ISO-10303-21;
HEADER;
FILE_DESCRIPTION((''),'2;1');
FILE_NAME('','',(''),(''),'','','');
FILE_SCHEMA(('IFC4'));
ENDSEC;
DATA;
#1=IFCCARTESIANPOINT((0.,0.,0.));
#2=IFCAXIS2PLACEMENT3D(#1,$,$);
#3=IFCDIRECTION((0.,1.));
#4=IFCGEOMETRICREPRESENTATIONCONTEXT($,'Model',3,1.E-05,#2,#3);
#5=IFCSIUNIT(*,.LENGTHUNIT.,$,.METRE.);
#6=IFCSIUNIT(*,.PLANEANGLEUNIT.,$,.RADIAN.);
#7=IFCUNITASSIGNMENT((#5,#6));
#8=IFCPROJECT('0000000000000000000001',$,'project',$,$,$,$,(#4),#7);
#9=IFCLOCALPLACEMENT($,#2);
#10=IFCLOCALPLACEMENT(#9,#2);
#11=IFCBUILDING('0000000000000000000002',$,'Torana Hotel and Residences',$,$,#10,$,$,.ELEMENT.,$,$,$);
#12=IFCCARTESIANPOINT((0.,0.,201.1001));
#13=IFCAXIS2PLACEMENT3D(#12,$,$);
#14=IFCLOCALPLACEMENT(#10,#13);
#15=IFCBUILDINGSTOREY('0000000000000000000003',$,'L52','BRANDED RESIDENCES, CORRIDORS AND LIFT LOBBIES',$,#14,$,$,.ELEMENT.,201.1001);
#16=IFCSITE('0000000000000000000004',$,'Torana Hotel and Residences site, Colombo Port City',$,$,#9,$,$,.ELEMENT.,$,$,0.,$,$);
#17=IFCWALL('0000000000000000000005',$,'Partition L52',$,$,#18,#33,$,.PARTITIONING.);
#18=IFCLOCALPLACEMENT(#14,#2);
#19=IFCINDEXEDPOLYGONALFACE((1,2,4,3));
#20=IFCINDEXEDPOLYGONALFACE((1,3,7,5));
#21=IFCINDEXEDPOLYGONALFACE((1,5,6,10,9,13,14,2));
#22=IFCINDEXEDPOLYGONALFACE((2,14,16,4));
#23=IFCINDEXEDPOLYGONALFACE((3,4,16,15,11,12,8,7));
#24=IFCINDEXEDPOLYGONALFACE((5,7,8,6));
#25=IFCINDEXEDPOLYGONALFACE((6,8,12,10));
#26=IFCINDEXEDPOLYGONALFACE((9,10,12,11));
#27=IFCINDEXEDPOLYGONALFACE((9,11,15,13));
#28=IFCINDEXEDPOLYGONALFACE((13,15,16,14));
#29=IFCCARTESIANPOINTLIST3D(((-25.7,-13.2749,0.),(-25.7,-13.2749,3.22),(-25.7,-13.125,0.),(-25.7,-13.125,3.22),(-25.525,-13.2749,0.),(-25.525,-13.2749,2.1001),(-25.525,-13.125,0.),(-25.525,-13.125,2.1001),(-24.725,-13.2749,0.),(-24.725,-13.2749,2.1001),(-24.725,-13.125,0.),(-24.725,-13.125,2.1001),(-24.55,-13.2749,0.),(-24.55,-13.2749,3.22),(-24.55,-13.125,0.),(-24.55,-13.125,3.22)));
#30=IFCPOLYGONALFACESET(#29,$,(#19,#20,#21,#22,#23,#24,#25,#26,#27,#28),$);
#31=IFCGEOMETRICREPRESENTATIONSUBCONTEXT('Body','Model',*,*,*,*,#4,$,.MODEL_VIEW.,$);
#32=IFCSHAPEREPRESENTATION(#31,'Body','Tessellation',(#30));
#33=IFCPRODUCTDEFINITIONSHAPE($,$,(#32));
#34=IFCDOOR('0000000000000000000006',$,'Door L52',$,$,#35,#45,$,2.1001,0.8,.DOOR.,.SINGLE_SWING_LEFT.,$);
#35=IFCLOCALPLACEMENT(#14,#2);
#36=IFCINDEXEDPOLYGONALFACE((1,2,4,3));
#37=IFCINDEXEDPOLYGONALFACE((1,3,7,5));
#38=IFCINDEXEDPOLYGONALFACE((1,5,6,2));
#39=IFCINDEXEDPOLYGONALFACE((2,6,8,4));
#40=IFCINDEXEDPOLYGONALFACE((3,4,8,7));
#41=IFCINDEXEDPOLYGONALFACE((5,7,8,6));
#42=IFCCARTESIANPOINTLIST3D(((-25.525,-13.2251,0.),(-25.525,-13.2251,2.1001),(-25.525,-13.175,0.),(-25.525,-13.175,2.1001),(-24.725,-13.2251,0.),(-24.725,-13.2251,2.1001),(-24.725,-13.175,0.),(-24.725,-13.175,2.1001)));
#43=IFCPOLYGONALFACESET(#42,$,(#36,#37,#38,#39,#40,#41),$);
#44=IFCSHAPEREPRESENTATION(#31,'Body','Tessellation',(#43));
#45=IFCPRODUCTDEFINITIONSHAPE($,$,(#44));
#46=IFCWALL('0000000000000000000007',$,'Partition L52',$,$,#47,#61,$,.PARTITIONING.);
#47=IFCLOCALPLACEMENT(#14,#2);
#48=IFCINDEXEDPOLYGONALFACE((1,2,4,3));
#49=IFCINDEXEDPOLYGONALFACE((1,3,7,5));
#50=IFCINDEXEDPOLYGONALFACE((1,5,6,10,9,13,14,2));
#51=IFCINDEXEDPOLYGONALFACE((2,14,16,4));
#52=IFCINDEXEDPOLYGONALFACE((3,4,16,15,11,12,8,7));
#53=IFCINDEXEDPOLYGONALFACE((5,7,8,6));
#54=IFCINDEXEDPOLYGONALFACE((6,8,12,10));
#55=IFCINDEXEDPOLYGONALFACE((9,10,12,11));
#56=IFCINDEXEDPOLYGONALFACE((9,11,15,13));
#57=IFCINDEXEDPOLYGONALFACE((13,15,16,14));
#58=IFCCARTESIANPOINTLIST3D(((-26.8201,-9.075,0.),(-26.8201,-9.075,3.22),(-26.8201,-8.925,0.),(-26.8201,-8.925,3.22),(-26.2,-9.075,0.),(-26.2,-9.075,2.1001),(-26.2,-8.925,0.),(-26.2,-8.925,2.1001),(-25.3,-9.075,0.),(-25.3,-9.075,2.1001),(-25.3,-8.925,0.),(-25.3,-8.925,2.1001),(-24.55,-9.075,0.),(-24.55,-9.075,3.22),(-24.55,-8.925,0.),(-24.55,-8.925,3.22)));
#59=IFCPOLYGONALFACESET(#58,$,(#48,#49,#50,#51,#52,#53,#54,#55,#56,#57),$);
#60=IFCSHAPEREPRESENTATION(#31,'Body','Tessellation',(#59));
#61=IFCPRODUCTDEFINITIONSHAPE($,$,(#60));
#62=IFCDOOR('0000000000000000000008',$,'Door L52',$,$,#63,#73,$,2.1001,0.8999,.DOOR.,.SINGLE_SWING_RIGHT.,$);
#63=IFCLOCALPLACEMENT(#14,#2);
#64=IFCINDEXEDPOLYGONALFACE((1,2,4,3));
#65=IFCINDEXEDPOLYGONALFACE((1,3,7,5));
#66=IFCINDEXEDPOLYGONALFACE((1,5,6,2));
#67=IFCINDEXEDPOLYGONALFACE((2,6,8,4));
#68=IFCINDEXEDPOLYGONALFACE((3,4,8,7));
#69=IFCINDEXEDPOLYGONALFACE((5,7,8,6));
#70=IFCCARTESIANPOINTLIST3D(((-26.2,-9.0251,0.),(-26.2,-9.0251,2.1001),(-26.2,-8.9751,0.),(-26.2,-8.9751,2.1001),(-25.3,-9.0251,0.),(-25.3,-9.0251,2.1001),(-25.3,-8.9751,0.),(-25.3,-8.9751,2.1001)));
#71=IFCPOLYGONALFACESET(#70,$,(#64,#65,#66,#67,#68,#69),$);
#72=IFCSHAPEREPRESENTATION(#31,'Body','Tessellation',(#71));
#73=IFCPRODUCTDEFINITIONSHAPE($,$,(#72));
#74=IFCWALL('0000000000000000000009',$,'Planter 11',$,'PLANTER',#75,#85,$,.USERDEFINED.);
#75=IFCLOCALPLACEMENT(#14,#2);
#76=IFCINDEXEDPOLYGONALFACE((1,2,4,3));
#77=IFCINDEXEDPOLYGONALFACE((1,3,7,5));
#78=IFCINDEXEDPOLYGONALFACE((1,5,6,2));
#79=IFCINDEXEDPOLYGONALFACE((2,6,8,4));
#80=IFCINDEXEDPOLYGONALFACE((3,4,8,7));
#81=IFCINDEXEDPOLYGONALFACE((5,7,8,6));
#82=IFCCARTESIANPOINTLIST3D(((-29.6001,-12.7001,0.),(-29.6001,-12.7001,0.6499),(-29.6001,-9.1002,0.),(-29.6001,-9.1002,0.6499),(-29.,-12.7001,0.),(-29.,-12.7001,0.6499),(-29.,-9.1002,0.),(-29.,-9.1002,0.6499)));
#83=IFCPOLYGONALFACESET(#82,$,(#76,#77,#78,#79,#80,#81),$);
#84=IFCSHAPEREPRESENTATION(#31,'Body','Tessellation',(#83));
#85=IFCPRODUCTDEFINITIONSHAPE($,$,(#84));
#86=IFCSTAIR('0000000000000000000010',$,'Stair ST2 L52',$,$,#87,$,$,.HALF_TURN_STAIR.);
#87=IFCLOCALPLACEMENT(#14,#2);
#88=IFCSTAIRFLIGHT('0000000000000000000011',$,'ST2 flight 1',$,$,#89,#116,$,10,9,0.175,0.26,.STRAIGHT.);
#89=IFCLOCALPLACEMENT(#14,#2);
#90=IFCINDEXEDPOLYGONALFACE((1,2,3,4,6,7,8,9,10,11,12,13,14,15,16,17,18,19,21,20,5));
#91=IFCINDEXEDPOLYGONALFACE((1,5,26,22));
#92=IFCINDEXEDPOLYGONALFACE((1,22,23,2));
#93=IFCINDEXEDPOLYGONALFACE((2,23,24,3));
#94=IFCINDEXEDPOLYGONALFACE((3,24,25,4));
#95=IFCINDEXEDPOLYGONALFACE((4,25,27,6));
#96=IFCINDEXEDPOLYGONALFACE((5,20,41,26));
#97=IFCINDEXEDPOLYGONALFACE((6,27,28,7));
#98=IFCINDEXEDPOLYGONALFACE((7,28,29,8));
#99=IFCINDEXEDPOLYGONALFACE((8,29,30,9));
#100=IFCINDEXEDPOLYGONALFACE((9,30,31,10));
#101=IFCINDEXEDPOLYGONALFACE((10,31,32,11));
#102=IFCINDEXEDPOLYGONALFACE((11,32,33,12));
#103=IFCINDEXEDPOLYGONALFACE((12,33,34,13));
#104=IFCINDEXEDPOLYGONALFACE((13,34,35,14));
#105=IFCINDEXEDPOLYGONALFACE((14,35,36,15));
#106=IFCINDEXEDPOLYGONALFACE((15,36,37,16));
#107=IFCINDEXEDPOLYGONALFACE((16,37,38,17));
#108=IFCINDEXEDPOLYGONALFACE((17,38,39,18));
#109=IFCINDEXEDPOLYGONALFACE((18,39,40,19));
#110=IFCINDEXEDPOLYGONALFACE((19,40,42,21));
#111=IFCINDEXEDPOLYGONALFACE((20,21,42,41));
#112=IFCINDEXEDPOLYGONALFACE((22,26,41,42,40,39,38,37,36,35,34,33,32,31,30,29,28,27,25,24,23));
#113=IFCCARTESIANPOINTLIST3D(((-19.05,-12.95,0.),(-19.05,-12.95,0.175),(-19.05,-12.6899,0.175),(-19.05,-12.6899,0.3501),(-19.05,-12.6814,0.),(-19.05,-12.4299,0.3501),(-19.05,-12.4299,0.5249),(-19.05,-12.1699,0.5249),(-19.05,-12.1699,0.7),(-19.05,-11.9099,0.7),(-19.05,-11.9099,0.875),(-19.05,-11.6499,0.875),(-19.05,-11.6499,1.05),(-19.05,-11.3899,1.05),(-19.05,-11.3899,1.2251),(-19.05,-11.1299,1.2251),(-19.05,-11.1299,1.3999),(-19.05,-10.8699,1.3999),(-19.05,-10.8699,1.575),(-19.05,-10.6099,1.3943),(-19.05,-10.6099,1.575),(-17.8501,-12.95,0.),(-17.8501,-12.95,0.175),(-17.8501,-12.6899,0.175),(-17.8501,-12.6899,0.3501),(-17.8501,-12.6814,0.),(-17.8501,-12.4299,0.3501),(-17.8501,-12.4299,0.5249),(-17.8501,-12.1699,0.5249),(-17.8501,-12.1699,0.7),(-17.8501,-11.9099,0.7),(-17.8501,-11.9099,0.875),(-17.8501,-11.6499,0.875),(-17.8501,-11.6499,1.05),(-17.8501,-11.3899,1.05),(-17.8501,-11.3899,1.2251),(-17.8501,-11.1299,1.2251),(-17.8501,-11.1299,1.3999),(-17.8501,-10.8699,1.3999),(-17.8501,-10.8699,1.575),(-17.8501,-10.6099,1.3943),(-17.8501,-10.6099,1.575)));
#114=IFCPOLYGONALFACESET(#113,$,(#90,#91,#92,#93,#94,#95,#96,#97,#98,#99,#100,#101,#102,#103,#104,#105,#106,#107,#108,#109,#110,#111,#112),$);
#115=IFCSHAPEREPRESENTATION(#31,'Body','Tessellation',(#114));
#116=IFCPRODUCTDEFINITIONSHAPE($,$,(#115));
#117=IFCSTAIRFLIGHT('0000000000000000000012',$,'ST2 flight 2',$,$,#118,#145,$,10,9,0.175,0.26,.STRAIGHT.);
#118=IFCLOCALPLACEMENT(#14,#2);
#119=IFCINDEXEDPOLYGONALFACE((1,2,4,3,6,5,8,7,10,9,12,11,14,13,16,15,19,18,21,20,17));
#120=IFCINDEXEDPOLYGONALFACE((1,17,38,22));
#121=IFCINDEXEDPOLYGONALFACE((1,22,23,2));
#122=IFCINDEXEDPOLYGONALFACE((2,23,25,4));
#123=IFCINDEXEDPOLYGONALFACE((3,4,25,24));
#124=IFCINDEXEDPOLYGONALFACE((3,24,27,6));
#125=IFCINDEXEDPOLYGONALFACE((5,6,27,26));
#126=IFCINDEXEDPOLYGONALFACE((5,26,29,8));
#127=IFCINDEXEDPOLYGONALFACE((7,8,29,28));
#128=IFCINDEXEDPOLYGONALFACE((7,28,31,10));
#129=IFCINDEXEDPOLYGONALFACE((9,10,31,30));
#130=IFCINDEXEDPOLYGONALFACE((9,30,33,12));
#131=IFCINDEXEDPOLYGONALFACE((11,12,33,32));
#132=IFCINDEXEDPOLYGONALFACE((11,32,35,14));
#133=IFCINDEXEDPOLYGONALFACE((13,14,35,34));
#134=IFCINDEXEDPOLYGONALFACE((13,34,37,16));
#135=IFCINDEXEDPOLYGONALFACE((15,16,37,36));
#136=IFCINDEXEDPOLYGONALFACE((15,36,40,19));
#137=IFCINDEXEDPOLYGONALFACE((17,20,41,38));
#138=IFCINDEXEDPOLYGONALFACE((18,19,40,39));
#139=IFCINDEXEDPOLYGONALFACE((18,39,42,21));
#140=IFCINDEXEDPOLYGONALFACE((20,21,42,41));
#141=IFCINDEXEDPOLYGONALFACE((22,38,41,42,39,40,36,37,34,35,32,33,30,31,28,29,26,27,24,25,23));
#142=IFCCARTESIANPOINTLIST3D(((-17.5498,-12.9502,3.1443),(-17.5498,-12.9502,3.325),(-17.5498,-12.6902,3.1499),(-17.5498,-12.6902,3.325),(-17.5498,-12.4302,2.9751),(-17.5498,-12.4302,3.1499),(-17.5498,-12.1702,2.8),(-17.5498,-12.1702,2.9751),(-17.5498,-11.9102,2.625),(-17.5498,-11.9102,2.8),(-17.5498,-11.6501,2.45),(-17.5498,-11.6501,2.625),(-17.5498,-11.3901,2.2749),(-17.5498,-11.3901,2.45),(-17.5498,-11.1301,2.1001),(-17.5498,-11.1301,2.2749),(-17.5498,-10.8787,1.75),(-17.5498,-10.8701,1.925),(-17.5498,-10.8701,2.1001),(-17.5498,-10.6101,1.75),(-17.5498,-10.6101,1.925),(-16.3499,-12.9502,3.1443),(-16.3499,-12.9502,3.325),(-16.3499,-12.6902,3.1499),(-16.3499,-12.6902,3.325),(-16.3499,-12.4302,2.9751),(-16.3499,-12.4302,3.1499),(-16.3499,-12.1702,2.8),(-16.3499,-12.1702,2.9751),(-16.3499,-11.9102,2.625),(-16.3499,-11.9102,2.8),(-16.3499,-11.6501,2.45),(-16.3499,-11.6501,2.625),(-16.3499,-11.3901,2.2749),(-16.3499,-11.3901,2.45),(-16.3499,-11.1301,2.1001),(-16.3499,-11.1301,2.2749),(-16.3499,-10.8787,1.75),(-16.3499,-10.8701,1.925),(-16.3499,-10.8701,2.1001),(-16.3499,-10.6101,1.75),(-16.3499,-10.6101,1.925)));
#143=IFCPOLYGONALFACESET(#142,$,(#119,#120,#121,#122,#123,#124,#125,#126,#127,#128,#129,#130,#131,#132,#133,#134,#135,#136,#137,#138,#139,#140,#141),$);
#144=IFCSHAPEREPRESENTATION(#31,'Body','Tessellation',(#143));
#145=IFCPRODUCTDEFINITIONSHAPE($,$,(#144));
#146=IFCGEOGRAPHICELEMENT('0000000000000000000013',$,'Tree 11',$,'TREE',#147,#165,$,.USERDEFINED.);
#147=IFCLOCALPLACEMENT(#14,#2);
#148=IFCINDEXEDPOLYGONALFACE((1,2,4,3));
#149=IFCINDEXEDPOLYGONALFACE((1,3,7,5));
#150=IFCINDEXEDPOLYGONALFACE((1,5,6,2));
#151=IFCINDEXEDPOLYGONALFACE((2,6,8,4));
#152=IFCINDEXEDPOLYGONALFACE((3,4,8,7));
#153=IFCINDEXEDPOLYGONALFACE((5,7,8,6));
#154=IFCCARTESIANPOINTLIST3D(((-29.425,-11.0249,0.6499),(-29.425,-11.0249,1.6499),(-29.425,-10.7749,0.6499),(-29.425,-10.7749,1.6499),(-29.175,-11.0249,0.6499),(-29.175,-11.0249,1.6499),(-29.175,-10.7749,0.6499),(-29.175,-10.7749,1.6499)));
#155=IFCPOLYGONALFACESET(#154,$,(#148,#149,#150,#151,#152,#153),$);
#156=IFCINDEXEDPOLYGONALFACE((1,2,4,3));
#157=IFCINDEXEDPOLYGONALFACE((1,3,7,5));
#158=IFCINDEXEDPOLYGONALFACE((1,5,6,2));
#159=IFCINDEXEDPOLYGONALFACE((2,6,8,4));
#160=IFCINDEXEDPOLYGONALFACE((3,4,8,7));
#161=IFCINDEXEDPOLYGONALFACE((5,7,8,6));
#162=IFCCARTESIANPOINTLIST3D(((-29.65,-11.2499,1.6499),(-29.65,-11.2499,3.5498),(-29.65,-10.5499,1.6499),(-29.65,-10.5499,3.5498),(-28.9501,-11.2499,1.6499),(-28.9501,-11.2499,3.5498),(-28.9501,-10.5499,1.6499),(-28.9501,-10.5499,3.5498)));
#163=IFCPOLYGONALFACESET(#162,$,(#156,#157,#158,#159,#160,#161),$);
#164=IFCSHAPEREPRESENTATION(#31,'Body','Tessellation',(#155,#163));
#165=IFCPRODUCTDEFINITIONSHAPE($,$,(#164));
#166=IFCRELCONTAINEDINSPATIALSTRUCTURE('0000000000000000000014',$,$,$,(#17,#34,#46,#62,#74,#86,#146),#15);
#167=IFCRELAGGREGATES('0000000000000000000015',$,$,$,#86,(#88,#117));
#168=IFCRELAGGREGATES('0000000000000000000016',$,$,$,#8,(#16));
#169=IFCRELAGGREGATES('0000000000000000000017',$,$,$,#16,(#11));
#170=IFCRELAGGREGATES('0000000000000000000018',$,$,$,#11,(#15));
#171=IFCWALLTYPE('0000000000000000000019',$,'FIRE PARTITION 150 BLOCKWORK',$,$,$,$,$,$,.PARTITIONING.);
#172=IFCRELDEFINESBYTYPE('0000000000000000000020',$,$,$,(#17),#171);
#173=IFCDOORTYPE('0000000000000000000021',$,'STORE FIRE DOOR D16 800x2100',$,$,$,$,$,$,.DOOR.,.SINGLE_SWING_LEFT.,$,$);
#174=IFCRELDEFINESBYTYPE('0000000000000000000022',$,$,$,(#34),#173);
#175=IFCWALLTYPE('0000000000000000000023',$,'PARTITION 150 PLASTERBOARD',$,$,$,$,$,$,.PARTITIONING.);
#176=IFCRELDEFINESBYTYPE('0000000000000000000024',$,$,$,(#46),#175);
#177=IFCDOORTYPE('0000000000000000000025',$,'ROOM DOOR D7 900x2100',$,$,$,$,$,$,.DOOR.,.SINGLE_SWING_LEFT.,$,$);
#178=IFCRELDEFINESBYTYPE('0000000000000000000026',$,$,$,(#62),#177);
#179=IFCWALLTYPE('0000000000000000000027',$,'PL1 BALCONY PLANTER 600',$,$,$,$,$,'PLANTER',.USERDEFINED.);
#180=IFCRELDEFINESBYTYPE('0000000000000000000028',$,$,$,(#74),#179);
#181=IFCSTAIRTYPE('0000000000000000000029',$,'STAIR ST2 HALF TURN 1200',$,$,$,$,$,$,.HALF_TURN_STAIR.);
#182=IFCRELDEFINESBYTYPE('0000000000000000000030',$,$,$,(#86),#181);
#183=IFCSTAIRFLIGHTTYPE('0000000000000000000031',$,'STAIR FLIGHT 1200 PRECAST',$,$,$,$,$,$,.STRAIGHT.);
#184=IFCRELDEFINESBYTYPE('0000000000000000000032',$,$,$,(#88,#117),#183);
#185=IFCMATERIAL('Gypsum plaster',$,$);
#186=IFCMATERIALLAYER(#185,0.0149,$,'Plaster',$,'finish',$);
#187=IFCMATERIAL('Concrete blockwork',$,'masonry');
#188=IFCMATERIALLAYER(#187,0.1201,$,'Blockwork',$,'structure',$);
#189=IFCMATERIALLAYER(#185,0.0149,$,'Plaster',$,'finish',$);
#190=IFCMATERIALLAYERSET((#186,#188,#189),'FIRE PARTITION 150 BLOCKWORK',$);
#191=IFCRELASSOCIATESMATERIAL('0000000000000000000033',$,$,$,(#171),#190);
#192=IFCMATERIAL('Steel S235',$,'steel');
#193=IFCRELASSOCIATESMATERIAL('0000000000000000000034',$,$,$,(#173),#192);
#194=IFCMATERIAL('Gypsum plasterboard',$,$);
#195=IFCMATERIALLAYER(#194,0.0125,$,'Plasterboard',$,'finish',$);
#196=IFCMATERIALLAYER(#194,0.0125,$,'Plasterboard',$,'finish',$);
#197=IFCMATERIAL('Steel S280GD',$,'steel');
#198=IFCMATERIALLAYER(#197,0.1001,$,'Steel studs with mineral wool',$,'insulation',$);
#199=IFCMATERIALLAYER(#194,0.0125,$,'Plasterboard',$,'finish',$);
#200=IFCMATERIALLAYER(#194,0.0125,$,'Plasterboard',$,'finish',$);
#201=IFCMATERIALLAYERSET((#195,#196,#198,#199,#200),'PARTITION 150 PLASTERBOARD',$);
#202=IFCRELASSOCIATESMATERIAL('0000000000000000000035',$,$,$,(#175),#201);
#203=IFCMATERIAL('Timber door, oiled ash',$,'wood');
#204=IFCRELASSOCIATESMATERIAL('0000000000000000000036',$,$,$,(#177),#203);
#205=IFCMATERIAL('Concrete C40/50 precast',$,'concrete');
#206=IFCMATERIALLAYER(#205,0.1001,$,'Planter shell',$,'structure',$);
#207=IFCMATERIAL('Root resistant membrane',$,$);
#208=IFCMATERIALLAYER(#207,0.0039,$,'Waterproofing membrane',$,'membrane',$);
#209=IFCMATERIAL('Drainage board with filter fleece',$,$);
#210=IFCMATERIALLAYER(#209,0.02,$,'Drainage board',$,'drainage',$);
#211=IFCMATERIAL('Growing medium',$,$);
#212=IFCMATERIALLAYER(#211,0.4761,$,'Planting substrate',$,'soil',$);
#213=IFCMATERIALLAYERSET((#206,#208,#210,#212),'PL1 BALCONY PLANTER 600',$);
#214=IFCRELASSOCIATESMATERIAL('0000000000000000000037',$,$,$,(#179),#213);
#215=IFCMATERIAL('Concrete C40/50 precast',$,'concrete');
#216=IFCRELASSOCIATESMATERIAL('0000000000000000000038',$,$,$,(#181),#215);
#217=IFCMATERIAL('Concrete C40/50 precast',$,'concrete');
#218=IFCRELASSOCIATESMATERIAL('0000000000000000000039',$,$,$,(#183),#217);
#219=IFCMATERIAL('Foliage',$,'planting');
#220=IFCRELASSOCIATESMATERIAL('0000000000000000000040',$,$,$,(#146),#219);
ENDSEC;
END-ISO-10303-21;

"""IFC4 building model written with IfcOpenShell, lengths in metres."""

from ifc_helpers import new_model, si_unit, direction, frame, frame_2d, origin, origin_2d, place, context, subcontext, project, spatial, polyline, rectangle, outline, extrude, material, layer, layer_set, type_object, element, fill, aggregate, save


model = new_model("IFC4")

# Units and contexts
model_context = context("Model", 3, precision=1e-05, world=origin(), true_north=direction((0.0, 1.0)))
body_context = subcontext(model_context, "Body", "Model", "MODEL_VIEW")
ifc_project = project(units=[si_unit("LENGTHUNIT", "METRE"), si_unit("PLANEANGLEUNIT", "RADIAN")], contexts=[model_context])

# Site, building, storey
site_placement = place(None, origin())
site = spatial("IfcSite", under=ifc_project, at=site_placement, Name="Torana Hotel and Residences site, Colombo Port City", CompositionType="ELEMENT", RefElevation=0.0)
building_placement = place(site_placement, origin())
building = spatial("IfcBuilding", under=site, at=building_placement, Name="Torana Hotel and Residences", CompositionType="ELEMENT")
storey_placement = place(building_placement, frame((0.0, 0.0, 201.1001)))
storey = spatial("IfcBuildingStorey", under=building, at=storey_placement, Name="L52", Description="BRANDED RESIDENCES, CORRIDORS AND LIFT LOBBIES", CompositionType="ELEMENT", Elevation=201.1001)

# Walls, openings, doors
ifc_material_1 = material(Name="Gypsum plaster")
ifc_layer_1 = layer(ifc_material_1, 0.0149, Name="Plaster", Category="finish")
ifc_material_2 = material(Name="Concrete blockwork", Category="masonry")
ifc_layer_2 = layer(ifc_material_2, 0.1201, Name="Blockwork", Category="structure")
ifc_layer_3 = layer(ifc_material_1, 0.0149, Name="Plaster", Category="finish")
ifc_layer_set_1 = layer_set([ifc_layer_1, ifc_layer_2, ifc_layer_3], Name="FIRE PARTITION 150 BLOCKWORK")
wall_type_1 = type_object("IfcWallType", Name="FIRE PARTITION 150 BLOCKWORK", PredefinedType="PARTITIONING", material=ifc_layer_set_1)
wall_1_placement = place(storey_placement, frame((-25.7, -13.2, 0.0), z_axis=(0.0, 0.0, 1.0), x_axis=(1.0, 0.0, 0.0)))
wall_1 = element("IfcWall", 1, at=wall_1_placement, inside=storey, type_object=wall_type_1, Name="Partition L52", PredefinedType="PARTITIONING", context=body_context, shape_type="SweptSolid", body=[
    extrude(rectangle(XDim=1.1499, YDim=0.1499, at=frame_2d((0.575, 0.0))), origin(), (0.0, 0.0, 1.0), 3.22),
])
opening_1_placement = place(wall_1_placement, frame((0.175, 0.0, 0.0)))
opening_1 = element("IfcOpeningElement", 2, at=opening_1_placement, cuts=wall_1, PredefinedType="OPENING", context=body_context, shape_type="SweptSolid", body=[
    extrude(rectangle(XDim=0.8, YDim=2.1001, at=frame_2d((0.3999, 1.05))), frame((0.0, 0.085, 0.0), z_axis=(0.0, -1.0, 0.0), x_axis=(1.0, 0.0, 0.0)), (0.0, 0.0, 1.0), 0.1699),
])
ifc_material_3 = material(Name="Steel S235", Category="steel")
door_type_1 = type_object("IfcDoorType", Name="STORE FIRE DOOR D16 800x2100", OperationType="SINGLE_SWING_LEFT", PredefinedType="DOOR", material=ifc_material_3)
door_1_placement = place(opening_1_placement, origin())
door_1 = element("IfcDoor", 3, at=door_1_placement, inside=storey, type_object=door_type_1, Name="Door L52", OperationType="SINGLE_SWING_LEFT", OverallHeight=2.1001, OverallWidth=0.8, PredefinedType="DOOR", context=body_context, shape_type="SweptSolid", body=[
    extrude(rectangle(XDim=0.8, YDim=2.1001, at=frame_2d((0.3999, 1.05))), frame((0.0, 0.0249, 0.0), z_axis=(0.0, -1.0, 0.0), x_axis=(1.0, 0.0, 0.0)), (0.0, 0.0, 1.0), 0.05),
])
fill(opening_1, door_1)
ifc_material_4 = material(Name="Gypsum plasterboard")
ifc_layer_4 = layer(ifc_material_4, 0.0125, Name="Plasterboard", Category="finish")
ifc_layer_5 = layer(ifc_material_4, 0.0125, Name="Plasterboard", Category="finish")
ifc_material_5 = material(Name="Steel S280GD", Category="steel")
ifc_layer_6 = layer(ifc_material_5, 0.1001, Name="Steel studs with mineral wool", Category="insulation")
ifc_layer_7 = layer(ifc_material_4, 0.0125, Name="Plasterboard", Category="finish")
ifc_layer_8 = layer(ifc_material_4, 0.0125, Name="Plasterboard", Category="finish")
ifc_layer_set_2 = layer_set([ifc_layer_4, ifc_layer_5, ifc_layer_6, ifc_layer_7, ifc_layer_8], Name="PARTITION 150 PLASTERBOARD")
wall_type_2 = type_object("IfcWallType", Name="PARTITION 150 PLASTERBOARD", PredefinedType="PARTITIONING", material=ifc_layer_set_2)
wall_2_placement = place(storey_placement, frame((-26.8201, -9.0, 0.0), z_axis=(0.0, 0.0, 1.0), x_axis=(1.0, 0.0, 0.0)))
wall_2 = element("IfcWall", 4, at=wall_2_placement, inside=storey, type_object=wall_type_2, Name="Partition L52", PredefinedType="PARTITIONING", context=body_context, shape_type="SweptSolid", body=[
    extrude(rectangle(XDim=2.27, YDim=0.1499, at=frame_2d((1.135, 0.0))), origin(), (0.0, 0.0, 1.0), 3.22),
])
opening_2_placement = place(wall_2_placement, frame((0.6201, 0.0, 0.0)))
opening_2 = element("IfcOpeningElement", 5, at=opening_2_placement, cuts=wall_2, PredefinedType="OPENING", context=body_context, shape_type="SweptSolid", body=[
    extrude(rectangle(XDim=0.8999, YDim=2.1001, at=frame_2d((0.45, 1.05))), frame((0.0, 0.085, 0.0), z_axis=(0.0, -1.0, 0.0), x_axis=(1.0, 0.0, 0.0)), (0.0, 0.0, 1.0), 0.1699),
])
ifc_material_6 = material(Name="Timber door, oiled ash", Category="wood")
door_type_2 = type_object("IfcDoorType", Name="ROOM DOOR D7 900x2100", OperationType="SINGLE_SWING_LEFT", PredefinedType="DOOR", material=ifc_material_6)
door_2_placement = place(opening_2_placement, origin())
door_2 = element("IfcDoor", 6, at=door_2_placement, inside=storey, type_object=door_type_2, Name="Door L52", OperationType="SINGLE_SWING_RIGHT", OverallHeight=2.1001, OverallWidth=0.8999, PredefinedType="DOOR", context=body_context, shape_type="SweptSolid", body=[
    extrude(rectangle(XDim=0.8999, YDim=2.1001, at=frame_2d((0.45, 1.05))), frame((0.0, 0.0249, 0.0), z_axis=(0.0, -1.0, 0.0), x_axis=(1.0, 0.0, 0.0)), (0.0, 0.0, 1.0), 0.05),
])
fill(opening_2, door_2)

# Wall
ifc_material_7 = material(Name="Concrete C40/50 precast", Category="concrete")
ifc_layer_9 = layer(ifc_material_7, 0.1001, Name="Planter shell", Category="structure")
ifc_material_8 = material(Name="Root resistant membrane")
ifc_layer_10 = layer(ifc_material_8, 0.0039, Name="Waterproofing membrane", Category="membrane")
ifc_material_9 = material(Name="Drainage board with filter fleece")
ifc_layer_11 = layer(ifc_material_9, 0.02, Name="Drainage board", Category="drainage")
ifc_material_10 = material(Name="Growing medium")
ifc_layer_12 = layer(ifc_material_10, 0.4761, Name="Planting substrate", Category="soil")
ifc_layer_set_3 = layer_set([ifc_layer_9, ifc_layer_10, ifc_layer_11, ifc_layer_12], Name="PL1 BALCONY PLANTER 600")
wall_type_3 = type_object("IfcWallType", Name="PL1 BALCONY PLANTER 600", ElementType="PLANTER", PredefinedType="USERDEFINED", material=ifc_layer_set_3)
wall_3_placement = place(storey_placement, frame((-29.3, -12.7, 0.0), z_axis=(0.0, 0.0, 1.0), x_axis=(0.0, 1.0, 0.0)))
element("IfcWall", 7, at=wall_3_placement, inside=storey, type_object=wall_type_3, Name="Planter 11", ObjectType="PLANTER", PredefinedType="USERDEFINED", context=body_context, shape_type="SweptSolid", body=[
    extrude(rectangle(XDim=3.5999, YDim=0.6001, at=frame_2d((1.7998, 0.0))), origin(), (0.0, 0.0, 1.0), 0.6499),
])

# Stair, stair flights
ifc_material_11 = material(Name="Concrete C40/50 precast", Category="concrete")
stair_type = type_object("IfcStairType", Name="STAIR ST2 HALF TURN 1200", PredefinedType="HALF_TURN_STAIR", material=ifc_material_11)
stair_placement = place(storey_placement, origin())
stair = element("IfcStair", 8, at=stair_placement, inside=storey, type_object=stair_type, Name="Stair ST2 L52", PredefinedType="HALF_TURN_STAIR")
ifc_material_12 = material(Name="Concrete C40/50 precast", Category="concrete")
stair_flight_type = type_object("IfcStairFlightType", Name="STAIR FLIGHT 1200 PRECAST", PredefinedType="STRAIGHT", material=ifc_material_12)
stair_flight_1_placement = place(storey_placement, frame((-18.45, -12.95, 0.0), z_axis=(0.0, 0.0, 1.0), x_axis=(0.0, 1.0, 0.0)))
stair_flight_1 = element("IfcStairFlight", 9, at=stair_flight_1_placement, type_object=stair_flight_type, Name="ST2 flight 1", NumberOfRisers=10, NumberOfTreads=9, PredefinedType="STRAIGHT", RiserHeight=0.175, TreadLength=0.26, context=body_context, shape_type="SweptSolid", body=[
    extrude(outline(polyline([(0.0, 0.0), (0.0, 0.175), (0.26, 0.175), (0.26, 0.3501), (0.52, 0.3501), (0.52, 0.5249), (0.78, 0.5249), (0.78, 0.7), (1.04, 0.7), (1.04, 0.875), (1.3, 0.875), (1.3, 1.05), (1.5601, 1.05), (1.5601, 1.2251), (1.8201, 1.2251), (1.8201, 1.3999), (2.0801, 1.3999), (2.0801, 1.575), (2.3401, 1.575), (2.3401, 1.75), (2.3401, 1.3943), (0.2686, 0.0), (0.0, 0.0)])), frame((0.0, 0.6001, 0.0), z_axis=(0.0, -1.0, 0.0), x_axis=(1.0, 0.0, 0.0)), (0.0, 0.0, 1.0), 1.2),
])
stair_flight_2_placement = place(storey_placement, frame((-16.95, -10.6101, 1.75), z_axis=(0.0, 0.0, 1.0), x_axis=(0.0, -1.0, 0.0)))
stair_flight_2 = element("IfcStairFlight", 10, at=stair_flight_2_placement, type_object=stair_flight_type, Name="ST2 flight 2", NumberOfRisers=10, NumberOfTreads=9, PredefinedType="STRAIGHT", RiserHeight=0.175, TreadLength=0.26, context=body_context, shape_type="SweptSolid", body=[
    extrude(outline(polyline([(0.0, 0.0), (0.0, 0.175), (0.26, 0.175), (0.26, 0.3501), (0.52, 0.3501), (0.52, 0.5249), (0.78, 0.5249), (0.78, 0.7), (1.04, 0.7), (1.04, 0.875), (1.3, 0.875), (1.3, 1.05), (1.5601, 1.05), (1.5601, 1.2251), (1.8201, 1.2251), (1.8201, 1.3999), (2.0801, 1.3999), (2.0801, 1.575), (2.3401, 1.575), (2.3401, 1.75), (2.3401, 1.3943), (0.2686, 0.0), (0.0, 0.0)])), frame((0.0, 0.6001, 0.0), z_axis=(0.0, -1.0, 0.0), x_axis=(1.0, 0.0, 0.0)), (0.0, 0.0, 1.0), 1.2),
])
aggregate(stair, [stair_flight_1, stair_flight_2])

# Geographic element
ifc_material_13 = material(Name="Foliage", Category="planting")
geographic_element_placement = place(storey_placement, frame((-29.3, -10.8999, 0.6499), z_axis=(0.0, 0.0, 1.0), x_axis=(1.0, 0.0, 0.0)))
element("IfcGeographicElement", 11, at=geographic_element_placement, inside=storey, material=ifc_material_13, Name="Tree 11", ObjectType="TREE", PredefinedType="USERDEFINED", context=body_context, shape_type="SweptSolid", body=[
    extrude(rectangle(XDim=0.25, YDim=0.25, at=origin_2d()), origin(), (0.0, 0.0, 1.0), 1.0),
    extrude(rectangle(XDim=0.7, YDim=0.7, at=origin_2d()), frame((0.0, 0.0, 1.0)), (0.0, 0.0, 1.0), 1.8999),
])

save(model, "model.ifc")
